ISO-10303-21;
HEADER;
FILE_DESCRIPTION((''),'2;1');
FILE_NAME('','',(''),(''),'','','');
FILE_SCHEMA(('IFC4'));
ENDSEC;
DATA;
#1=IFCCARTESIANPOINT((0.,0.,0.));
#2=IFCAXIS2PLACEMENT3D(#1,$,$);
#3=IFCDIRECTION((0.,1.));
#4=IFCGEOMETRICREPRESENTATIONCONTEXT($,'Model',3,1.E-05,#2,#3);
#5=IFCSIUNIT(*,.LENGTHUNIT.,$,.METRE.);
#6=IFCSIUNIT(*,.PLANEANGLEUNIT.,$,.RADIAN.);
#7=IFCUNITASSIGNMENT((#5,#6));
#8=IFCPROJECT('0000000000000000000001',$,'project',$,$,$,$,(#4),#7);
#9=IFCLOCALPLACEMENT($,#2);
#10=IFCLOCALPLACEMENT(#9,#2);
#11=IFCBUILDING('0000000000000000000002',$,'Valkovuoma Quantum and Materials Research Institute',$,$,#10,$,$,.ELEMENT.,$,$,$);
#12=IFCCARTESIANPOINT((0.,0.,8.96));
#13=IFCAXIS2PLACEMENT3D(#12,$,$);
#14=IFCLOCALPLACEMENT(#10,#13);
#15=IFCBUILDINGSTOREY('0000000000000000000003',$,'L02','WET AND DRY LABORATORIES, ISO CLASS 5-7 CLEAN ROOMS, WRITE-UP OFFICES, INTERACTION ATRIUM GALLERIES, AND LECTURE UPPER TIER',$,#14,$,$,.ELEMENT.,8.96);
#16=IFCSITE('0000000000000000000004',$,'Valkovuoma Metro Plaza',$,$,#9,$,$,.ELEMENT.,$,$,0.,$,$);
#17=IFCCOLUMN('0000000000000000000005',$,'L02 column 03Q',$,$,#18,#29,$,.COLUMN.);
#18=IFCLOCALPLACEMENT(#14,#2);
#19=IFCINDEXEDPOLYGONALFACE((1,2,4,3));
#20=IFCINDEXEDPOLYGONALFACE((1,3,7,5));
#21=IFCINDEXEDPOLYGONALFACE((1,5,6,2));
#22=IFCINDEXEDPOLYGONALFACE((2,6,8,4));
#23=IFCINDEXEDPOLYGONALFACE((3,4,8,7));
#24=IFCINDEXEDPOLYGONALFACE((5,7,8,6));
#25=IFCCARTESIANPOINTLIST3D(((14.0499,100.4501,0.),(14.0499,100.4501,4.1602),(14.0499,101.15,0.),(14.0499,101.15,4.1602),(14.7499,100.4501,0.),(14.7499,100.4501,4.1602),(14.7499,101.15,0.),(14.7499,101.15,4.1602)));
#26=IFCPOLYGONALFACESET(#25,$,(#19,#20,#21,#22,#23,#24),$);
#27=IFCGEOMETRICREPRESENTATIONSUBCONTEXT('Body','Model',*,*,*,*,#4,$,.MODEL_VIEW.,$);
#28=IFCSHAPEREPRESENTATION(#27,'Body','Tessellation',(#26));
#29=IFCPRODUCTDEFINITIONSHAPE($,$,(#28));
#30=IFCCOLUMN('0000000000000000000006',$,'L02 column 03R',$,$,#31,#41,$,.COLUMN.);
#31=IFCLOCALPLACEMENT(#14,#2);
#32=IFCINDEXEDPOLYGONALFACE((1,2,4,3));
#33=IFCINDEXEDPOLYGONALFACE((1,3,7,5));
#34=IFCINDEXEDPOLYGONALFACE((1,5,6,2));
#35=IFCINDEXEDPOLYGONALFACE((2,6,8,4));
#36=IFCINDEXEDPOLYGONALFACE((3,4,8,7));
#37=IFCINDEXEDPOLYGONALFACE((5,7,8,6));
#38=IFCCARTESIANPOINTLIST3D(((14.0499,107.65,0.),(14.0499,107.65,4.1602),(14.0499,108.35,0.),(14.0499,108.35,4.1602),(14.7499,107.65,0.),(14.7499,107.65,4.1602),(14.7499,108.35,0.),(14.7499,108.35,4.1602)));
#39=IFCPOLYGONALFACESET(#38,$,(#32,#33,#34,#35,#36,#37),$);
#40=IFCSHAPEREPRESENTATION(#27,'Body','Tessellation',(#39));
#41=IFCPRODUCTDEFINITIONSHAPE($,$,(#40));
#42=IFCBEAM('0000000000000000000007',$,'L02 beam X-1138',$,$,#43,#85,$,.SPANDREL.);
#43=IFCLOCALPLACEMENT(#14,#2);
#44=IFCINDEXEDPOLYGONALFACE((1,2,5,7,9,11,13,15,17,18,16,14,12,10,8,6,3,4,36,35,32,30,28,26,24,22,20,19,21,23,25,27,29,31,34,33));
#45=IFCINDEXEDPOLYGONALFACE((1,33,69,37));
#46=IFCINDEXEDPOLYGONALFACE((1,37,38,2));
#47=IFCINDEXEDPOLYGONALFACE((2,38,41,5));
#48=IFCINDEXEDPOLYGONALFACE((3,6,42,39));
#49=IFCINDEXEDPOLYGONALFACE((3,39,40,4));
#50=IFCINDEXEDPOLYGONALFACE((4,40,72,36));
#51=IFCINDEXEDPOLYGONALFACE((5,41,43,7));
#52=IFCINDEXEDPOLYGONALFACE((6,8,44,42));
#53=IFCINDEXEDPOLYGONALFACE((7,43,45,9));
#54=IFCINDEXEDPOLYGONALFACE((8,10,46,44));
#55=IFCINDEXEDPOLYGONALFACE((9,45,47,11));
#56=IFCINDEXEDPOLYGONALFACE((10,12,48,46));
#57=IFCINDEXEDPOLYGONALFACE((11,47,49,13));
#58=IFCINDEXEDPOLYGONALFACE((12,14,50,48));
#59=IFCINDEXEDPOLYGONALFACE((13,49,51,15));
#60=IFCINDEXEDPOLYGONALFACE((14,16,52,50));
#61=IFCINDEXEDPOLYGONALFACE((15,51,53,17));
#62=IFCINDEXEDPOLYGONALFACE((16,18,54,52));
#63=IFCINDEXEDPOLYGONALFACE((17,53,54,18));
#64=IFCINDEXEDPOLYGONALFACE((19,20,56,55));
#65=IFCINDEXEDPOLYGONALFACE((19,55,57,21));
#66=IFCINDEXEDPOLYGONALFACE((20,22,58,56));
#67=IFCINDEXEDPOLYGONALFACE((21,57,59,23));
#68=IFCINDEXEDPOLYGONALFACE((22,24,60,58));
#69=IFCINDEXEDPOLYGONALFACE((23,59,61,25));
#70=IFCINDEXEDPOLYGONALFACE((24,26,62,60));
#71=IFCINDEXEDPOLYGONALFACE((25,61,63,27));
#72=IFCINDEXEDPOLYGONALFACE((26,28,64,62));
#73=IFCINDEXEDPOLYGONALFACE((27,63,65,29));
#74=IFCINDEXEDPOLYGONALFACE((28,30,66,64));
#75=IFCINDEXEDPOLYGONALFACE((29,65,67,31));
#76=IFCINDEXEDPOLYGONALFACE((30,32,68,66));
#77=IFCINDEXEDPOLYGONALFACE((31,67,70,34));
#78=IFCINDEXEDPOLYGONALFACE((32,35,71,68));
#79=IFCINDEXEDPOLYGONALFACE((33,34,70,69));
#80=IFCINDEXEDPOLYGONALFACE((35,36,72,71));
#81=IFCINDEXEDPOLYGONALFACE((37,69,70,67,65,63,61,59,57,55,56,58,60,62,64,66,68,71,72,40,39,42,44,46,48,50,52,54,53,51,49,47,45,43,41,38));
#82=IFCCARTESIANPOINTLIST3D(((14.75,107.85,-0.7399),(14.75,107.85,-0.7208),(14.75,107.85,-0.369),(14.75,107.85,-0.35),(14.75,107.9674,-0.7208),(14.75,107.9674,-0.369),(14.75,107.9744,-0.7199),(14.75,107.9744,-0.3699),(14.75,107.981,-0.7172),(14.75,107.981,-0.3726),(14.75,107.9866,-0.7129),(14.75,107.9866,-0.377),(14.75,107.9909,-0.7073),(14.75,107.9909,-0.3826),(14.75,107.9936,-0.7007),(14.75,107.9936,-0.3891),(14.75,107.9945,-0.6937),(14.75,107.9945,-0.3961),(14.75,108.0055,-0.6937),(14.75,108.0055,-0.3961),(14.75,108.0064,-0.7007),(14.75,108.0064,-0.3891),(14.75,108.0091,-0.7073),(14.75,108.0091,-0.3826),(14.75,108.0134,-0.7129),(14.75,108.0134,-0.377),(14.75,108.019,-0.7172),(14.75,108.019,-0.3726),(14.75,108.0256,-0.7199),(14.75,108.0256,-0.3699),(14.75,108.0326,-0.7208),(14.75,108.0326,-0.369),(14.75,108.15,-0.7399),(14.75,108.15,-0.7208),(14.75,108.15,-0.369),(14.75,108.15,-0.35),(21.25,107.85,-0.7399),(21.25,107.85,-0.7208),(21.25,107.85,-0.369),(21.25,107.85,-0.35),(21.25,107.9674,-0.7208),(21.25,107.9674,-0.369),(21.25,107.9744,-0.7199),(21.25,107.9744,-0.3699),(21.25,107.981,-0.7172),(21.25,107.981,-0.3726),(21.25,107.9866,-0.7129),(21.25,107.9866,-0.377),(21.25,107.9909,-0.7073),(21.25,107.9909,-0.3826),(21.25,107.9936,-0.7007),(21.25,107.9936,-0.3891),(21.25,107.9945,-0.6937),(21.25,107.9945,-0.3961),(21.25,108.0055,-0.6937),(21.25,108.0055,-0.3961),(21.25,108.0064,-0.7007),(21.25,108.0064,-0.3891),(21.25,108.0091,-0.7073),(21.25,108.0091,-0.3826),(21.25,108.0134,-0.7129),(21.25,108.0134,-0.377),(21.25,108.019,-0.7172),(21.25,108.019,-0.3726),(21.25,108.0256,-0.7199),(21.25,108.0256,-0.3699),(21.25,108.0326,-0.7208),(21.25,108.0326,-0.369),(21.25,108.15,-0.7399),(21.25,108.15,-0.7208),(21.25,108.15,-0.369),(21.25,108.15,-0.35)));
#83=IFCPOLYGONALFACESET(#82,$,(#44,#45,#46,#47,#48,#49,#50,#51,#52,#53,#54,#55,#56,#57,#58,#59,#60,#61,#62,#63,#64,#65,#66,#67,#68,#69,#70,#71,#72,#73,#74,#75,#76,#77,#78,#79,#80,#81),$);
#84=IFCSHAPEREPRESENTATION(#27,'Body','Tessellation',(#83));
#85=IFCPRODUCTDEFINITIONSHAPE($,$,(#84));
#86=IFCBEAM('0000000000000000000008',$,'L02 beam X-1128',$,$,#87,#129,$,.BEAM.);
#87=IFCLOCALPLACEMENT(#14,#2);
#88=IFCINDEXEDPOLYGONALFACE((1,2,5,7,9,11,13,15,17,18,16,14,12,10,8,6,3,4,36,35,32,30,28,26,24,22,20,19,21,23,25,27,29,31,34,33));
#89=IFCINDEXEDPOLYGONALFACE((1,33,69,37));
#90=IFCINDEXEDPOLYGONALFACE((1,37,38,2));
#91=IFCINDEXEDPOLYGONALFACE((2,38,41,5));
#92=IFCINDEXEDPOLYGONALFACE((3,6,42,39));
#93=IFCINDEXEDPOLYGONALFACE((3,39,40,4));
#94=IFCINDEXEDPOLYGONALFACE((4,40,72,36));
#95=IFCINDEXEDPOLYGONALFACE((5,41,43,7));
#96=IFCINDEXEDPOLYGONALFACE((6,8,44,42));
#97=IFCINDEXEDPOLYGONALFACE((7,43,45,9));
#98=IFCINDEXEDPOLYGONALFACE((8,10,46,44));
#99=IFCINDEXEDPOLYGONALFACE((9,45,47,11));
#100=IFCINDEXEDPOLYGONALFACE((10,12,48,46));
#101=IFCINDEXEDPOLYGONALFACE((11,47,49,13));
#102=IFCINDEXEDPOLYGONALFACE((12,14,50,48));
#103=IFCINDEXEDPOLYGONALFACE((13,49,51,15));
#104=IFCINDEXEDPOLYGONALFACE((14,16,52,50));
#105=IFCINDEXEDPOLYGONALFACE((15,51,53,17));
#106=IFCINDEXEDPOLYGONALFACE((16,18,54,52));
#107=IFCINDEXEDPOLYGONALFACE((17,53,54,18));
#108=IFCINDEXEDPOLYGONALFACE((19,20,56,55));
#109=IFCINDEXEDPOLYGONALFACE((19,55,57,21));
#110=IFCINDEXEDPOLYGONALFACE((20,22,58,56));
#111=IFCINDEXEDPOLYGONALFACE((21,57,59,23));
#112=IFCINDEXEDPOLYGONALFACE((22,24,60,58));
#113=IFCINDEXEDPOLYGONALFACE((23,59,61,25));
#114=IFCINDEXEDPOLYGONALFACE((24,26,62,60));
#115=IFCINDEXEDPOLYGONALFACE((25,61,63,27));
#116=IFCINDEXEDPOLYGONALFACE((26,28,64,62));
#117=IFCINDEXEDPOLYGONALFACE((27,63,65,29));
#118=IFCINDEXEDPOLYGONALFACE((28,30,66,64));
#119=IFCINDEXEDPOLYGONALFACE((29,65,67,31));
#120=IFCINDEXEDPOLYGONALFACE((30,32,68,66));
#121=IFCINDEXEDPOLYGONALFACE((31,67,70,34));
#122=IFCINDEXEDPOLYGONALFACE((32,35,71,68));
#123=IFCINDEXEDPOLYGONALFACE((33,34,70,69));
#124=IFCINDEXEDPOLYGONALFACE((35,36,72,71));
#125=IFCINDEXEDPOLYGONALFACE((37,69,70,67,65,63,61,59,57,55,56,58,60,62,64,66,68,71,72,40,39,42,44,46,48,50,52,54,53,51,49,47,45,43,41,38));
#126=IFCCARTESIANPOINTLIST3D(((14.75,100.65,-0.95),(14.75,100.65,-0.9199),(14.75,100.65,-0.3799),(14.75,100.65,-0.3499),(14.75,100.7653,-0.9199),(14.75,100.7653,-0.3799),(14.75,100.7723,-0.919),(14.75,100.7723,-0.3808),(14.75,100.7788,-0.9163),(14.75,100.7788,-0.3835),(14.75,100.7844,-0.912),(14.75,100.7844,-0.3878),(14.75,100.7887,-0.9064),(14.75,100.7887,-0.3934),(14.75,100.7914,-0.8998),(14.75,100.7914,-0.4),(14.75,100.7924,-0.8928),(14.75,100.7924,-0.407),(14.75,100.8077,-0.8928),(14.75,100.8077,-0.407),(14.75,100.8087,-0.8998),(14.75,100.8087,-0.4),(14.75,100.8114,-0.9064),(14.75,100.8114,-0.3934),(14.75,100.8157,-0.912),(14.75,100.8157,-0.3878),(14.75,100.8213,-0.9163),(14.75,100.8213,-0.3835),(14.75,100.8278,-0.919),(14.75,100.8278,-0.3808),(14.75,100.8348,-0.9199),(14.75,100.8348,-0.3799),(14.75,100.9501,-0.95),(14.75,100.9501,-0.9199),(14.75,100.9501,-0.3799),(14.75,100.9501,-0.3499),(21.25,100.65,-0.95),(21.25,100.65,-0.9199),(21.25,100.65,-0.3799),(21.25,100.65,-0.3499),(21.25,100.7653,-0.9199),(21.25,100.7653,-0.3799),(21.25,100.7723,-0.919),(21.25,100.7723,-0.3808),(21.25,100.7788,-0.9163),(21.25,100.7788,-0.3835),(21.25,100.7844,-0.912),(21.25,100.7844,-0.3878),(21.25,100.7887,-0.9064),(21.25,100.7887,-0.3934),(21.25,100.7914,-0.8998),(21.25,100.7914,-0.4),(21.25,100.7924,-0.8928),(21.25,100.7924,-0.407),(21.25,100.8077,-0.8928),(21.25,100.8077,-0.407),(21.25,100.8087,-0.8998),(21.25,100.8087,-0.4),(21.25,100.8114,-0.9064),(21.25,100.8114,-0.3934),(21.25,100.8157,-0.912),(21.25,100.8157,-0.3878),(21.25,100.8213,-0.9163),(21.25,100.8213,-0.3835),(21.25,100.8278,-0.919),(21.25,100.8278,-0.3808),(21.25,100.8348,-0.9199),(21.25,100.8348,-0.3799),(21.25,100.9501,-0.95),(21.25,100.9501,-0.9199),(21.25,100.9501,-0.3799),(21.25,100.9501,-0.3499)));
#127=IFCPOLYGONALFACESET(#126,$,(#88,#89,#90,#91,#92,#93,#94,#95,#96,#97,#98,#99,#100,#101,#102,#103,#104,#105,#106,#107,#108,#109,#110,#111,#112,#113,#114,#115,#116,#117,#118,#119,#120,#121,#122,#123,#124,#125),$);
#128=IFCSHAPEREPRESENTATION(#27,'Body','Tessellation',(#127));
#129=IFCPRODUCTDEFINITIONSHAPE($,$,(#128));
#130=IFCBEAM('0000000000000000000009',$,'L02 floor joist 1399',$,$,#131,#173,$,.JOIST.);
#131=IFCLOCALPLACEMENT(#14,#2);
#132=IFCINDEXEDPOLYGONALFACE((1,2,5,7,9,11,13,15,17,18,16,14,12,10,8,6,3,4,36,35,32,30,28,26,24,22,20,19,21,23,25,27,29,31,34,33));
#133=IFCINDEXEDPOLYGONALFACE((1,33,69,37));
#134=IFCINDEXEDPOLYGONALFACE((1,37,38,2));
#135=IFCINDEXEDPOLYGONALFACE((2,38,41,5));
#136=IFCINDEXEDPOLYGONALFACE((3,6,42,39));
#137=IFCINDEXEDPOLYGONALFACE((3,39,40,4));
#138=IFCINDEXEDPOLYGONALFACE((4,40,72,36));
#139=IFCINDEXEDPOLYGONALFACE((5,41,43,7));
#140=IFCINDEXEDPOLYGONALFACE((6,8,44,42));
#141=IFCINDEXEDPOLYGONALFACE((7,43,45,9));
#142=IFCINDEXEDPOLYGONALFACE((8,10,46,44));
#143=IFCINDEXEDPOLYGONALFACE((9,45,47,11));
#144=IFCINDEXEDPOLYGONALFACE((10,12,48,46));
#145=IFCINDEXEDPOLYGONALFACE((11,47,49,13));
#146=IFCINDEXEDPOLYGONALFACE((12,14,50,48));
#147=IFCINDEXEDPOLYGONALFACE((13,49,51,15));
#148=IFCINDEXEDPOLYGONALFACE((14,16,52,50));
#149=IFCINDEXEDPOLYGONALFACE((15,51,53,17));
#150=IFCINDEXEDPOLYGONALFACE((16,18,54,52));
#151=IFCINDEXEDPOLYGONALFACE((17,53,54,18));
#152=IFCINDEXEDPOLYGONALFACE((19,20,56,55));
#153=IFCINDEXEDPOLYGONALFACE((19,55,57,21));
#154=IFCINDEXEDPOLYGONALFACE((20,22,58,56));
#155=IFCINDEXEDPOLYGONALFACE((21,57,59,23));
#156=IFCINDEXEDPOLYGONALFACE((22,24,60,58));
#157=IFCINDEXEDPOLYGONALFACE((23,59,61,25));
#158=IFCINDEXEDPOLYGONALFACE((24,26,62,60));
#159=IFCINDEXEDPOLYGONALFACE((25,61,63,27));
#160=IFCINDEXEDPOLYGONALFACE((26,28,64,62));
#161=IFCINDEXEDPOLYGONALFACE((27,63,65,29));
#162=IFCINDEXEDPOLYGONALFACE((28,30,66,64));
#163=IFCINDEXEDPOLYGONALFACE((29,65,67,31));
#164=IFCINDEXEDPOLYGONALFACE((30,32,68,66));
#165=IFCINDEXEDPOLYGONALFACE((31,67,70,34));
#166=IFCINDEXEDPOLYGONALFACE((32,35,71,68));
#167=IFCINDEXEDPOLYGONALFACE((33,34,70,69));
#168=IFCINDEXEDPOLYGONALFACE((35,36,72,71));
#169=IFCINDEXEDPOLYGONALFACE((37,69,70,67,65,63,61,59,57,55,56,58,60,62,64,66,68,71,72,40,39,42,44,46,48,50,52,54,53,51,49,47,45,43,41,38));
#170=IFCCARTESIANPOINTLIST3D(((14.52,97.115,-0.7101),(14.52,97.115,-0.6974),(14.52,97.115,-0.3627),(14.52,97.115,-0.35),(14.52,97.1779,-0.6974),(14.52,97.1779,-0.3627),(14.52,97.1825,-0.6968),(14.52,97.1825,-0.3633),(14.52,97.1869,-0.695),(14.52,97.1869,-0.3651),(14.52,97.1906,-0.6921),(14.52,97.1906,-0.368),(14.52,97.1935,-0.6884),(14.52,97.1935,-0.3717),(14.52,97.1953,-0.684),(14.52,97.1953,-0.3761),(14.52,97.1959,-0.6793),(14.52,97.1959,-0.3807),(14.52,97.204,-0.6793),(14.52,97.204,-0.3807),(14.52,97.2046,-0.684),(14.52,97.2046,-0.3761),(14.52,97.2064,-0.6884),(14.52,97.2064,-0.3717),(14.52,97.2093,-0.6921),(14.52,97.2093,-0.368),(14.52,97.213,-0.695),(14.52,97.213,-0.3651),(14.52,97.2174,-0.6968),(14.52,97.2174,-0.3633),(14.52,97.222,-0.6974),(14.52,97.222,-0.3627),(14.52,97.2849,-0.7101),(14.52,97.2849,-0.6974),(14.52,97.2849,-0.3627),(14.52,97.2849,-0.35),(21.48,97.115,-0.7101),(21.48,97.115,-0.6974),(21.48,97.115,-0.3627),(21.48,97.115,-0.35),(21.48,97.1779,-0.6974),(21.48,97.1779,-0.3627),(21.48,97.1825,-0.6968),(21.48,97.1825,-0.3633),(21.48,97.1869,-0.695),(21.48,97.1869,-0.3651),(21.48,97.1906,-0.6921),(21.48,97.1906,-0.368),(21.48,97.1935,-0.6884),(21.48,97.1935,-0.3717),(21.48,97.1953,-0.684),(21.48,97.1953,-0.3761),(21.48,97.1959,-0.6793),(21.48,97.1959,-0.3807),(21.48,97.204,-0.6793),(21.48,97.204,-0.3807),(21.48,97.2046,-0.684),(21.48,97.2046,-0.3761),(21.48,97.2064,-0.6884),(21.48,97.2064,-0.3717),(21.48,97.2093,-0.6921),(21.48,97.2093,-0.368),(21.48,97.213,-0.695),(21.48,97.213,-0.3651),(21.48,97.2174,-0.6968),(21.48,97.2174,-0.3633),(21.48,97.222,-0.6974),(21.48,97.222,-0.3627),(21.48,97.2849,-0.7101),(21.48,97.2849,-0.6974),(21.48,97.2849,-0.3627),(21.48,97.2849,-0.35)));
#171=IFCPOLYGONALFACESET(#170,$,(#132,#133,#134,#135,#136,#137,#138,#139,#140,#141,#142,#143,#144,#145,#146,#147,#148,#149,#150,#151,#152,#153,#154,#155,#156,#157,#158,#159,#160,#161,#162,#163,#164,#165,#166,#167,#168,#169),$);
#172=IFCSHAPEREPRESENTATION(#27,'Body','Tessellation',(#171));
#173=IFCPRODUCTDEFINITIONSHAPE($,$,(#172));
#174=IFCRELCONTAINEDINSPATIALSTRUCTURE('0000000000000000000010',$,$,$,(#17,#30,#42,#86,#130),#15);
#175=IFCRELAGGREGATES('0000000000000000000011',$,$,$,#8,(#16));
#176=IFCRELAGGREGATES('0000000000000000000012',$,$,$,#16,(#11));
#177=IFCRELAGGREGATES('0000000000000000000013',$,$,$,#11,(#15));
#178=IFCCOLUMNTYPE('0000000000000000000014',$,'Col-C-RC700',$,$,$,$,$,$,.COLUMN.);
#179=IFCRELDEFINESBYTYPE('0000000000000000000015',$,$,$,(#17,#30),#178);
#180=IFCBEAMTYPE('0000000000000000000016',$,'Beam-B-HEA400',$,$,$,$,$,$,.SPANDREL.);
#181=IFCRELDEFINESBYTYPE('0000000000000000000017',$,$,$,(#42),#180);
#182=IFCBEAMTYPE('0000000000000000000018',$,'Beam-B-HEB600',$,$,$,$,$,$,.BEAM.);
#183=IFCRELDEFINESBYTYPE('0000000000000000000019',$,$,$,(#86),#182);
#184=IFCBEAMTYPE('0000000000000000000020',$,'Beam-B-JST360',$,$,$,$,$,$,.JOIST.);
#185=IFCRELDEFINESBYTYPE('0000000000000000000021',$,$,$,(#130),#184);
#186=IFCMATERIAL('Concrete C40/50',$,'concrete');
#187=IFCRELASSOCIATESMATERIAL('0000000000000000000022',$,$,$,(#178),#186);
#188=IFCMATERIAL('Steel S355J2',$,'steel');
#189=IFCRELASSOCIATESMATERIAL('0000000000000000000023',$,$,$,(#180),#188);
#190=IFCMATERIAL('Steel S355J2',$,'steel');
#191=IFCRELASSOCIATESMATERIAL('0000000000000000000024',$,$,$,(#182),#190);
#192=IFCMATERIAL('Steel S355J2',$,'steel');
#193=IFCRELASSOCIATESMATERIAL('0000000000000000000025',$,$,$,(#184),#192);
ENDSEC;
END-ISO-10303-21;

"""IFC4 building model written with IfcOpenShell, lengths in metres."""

from ifc_helpers import new_model, si_unit, direction, frame, origin, origin_2d, place, context, subcontext, project, spatial, rectangle, i_section, extrude, material, material_profile, profile_set, type_object, element, save


model = new_model("IFC4")

# Units and contexts
model_context = context("Model", 3, precision=1e-05, world=origin(), true_north=direction((0.0, 1.0)))
body_context = subcontext(model_context, "Body", "Model", "MODEL_VIEW")
ifc_project = project(units=[si_unit("LENGTHUNIT", "METRE"), si_unit("PLANEANGLEUNIT", "RADIAN")], contexts=[model_context])

# Site, building, storey
site_placement = place(None, origin())
site = spatial("IfcSite", under=ifc_project, at=site_placement, Name="Valkovuoma Metro Plaza", CompositionType="ELEMENT", RefElevation=0.0)
building_placement = place(site_placement, origin())
building = spatial("IfcBuilding", under=site, at=building_placement, Name="Valkovuoma Quantum and Materials Research Institute", CompositionType="ELEMENT")
storey_placement = place(building_placement, frame((0.0, 0.0, 8.96)))
storey = spatial("IfcBuildingStorey", under=building, at=storey_placement, Name="L02", Description="WET AND DRY LABORATORIES, ISO CLASS 5-7 CLEAN ROOMS, WRITE-UP OFFICES, INTERACTION ATRIUM GALLERIES, AND LECTURE UPPER TIER", CompositionType="ELEMENT", Elevation=8.96)

# Columns
ifc_material_1 = material(Name="Concrete C40/50", Category="concrete")
ifc_material_profile_1 = material_profile(ifc_material_1, rectangle(XDim=0.7, YDim=0.7, at=origin_2d()), Name="Concrete C40/50")
ifc_profile_set_1 = profile_set([ifc_material_profile_1], Name="Concrete C40/50")
column_type = type_object("IfcColumnType", Name="Col-C-RC700", PredefinedType="COLUMN", material=ifc_profile_set_1)
for number, where, z_axis, x_axis, name in (
    (1, (14.3999, 100.8, 0.0), (0.0, 0.0, 1.0), (1.0, 0.0, 0.0), "L02 column 03Q"),
    (2, (14.3999, 108.0, 0.0), (0.0, 0.0, 1.0), (1.0, 0.0, 0.0), "L02 column 03R"),
):
    element("IfcColumn", number, at=place(storey_placement, frame(where, z_axis=z_axis, x_axis=x_axis)), inside=storey, type_object=column_type, Name=name, PredefinedType="COLUMN", context=body_context, shape_type="SweptSolid", body=[
        extrude(rectangle(XDim=0.7, YDim=0.7, at=origin_2d()), origin(), (0.0, 0.0, 1.0), 4.1602),
    ])

# Beams
ifc_material_2 = material(Name="Steel S355J2", Category="steel")
ifc_material_profile_2 = material_profile(ifc_material_2, i_section(OverallWidth=0.3, OverallDepth=0.3899, WebThickness=0.011, FlangeThickness=0.019, FilletRadius=0.0271, at=origin_2d()), Name="Steel S355J2")
ifc_profile_set_2 = profile_set([ifc_material_profile_2], Name="Steel S355J2")
beam_type_1 = type_object("IfcBeamType", Name="Beam-B-HEA400", PredefinedType="SPANDREL", material=ifc_profile_set_2)
beam_1_placement = place(storey_placement, frame((14.75, 108.0, -0.5449), z_axis=(1.0, 0.0, 0.0), x_axis=(0.0, 1.0, 0.0)))
element("IfcBeam", 3, at=beam_1_placement, inside=storey, type_object=beam_type_1, Name="L02 beam X-1138", PredefinedType="SPANDREL", context=body_context, shape_type="SweptSolid", body=[
    extrude(i_section(OverallWidth=0.3, OverallDepth=0.3899, WebThickness=0.011, FlangeThickness=0.019, FilletRadius=0.0271, at=origin_2d()), origin(), (0.0, 0.0, 1.0), 6.5),
])
ifc_material_3 = material(Name="Steel S355J2", Category="steel")
ifc_material_profile_3 = material_profile(ifc_material_3, i_section(OverallWidth=0.3, OverallDepth=0.6001, WebThickness=0.0154, FlangeThickness=0.03, FilletRadius=0.0271, at=origin_2d()), Name="Steel S355J2")
ifc_profile_set_3 = profile_set([ifc_material_profile_3], Name="Steel S355J2")
beam_type_2 = type_object("IfcBeamType", Name="Beam-B-HEB600", PredefinedType="BEAM", material=ifc_profile_set_3)
beam_2_placement = place(storey_placement, frame((14.75, 100.8, -0.6499), z_axis=(1.0, 0.0, 0.0), x_axis=(0.0, 1.0, 0.0)))
element("IfcBeam", 4, at=beam_2_placement, inside=storey, type_object=beam_type_2, Name="L02 beam X-1128", PredefinedType="BEAM", context=body_context, shape_type="SweptSolid", body=[
    extrude(i_section(OverallWidth=0.3, OverallDepth=0.6001, WebThickness=0.0154, FlangeThickness=0.03, FilletRadius=0.0271, at=origin_2d()), origin(), (0.0, 0.0, 1.0), 6.5),
])
ifc_material_4 = material(Name="Steel S355J2", Category="steel")
ifc_material_profile_4 = material_profile(ifc_material_4, i_section(OverallWidth=0.1699, OverallDepth=0.3601, WebThickness=0.0081, FlangeThickness=0.0127, FilletRadius=0.0181, at=origin_2d()), Name="Steel S355J2")
ifc_profile_set_4 = profile_set([ifc_material_profile_4], Name="Steel S355J2")
beam_type_3 = type_object("IfcBeamType", Name="Beam-B-JST360", PredefinedType="JOIST", material=ifc_profile_set_4)
for number, where, z_axis, x_axis, name in (
    (5, (14.52, 97.2, -0.53), (1.0, 0.0, 0.0), (0.0, 1.0, 0.0), "L02 floor joist 1399"),
):
    element("IfcBeam", number, at=place(storey_placement, frame(where, z_axis=z_axis, x_axis=x_axis)), inside=storey, type_object=beam_type_3, Name=name, PredefinedType="JOIST", context=body_context, shape_type="SweptSolid", body=[
        extrude(i_section(OverallWidth=0.1699, OverallDepth=0.3601, WebThickness=0.0081, FlangeThickness=0.0127, FilletRadius=0.0181, at=origin_2d()), origin(), (0.0, 0.0, 1.0), 6.96),
    ])

save(model, "model.ifc")
